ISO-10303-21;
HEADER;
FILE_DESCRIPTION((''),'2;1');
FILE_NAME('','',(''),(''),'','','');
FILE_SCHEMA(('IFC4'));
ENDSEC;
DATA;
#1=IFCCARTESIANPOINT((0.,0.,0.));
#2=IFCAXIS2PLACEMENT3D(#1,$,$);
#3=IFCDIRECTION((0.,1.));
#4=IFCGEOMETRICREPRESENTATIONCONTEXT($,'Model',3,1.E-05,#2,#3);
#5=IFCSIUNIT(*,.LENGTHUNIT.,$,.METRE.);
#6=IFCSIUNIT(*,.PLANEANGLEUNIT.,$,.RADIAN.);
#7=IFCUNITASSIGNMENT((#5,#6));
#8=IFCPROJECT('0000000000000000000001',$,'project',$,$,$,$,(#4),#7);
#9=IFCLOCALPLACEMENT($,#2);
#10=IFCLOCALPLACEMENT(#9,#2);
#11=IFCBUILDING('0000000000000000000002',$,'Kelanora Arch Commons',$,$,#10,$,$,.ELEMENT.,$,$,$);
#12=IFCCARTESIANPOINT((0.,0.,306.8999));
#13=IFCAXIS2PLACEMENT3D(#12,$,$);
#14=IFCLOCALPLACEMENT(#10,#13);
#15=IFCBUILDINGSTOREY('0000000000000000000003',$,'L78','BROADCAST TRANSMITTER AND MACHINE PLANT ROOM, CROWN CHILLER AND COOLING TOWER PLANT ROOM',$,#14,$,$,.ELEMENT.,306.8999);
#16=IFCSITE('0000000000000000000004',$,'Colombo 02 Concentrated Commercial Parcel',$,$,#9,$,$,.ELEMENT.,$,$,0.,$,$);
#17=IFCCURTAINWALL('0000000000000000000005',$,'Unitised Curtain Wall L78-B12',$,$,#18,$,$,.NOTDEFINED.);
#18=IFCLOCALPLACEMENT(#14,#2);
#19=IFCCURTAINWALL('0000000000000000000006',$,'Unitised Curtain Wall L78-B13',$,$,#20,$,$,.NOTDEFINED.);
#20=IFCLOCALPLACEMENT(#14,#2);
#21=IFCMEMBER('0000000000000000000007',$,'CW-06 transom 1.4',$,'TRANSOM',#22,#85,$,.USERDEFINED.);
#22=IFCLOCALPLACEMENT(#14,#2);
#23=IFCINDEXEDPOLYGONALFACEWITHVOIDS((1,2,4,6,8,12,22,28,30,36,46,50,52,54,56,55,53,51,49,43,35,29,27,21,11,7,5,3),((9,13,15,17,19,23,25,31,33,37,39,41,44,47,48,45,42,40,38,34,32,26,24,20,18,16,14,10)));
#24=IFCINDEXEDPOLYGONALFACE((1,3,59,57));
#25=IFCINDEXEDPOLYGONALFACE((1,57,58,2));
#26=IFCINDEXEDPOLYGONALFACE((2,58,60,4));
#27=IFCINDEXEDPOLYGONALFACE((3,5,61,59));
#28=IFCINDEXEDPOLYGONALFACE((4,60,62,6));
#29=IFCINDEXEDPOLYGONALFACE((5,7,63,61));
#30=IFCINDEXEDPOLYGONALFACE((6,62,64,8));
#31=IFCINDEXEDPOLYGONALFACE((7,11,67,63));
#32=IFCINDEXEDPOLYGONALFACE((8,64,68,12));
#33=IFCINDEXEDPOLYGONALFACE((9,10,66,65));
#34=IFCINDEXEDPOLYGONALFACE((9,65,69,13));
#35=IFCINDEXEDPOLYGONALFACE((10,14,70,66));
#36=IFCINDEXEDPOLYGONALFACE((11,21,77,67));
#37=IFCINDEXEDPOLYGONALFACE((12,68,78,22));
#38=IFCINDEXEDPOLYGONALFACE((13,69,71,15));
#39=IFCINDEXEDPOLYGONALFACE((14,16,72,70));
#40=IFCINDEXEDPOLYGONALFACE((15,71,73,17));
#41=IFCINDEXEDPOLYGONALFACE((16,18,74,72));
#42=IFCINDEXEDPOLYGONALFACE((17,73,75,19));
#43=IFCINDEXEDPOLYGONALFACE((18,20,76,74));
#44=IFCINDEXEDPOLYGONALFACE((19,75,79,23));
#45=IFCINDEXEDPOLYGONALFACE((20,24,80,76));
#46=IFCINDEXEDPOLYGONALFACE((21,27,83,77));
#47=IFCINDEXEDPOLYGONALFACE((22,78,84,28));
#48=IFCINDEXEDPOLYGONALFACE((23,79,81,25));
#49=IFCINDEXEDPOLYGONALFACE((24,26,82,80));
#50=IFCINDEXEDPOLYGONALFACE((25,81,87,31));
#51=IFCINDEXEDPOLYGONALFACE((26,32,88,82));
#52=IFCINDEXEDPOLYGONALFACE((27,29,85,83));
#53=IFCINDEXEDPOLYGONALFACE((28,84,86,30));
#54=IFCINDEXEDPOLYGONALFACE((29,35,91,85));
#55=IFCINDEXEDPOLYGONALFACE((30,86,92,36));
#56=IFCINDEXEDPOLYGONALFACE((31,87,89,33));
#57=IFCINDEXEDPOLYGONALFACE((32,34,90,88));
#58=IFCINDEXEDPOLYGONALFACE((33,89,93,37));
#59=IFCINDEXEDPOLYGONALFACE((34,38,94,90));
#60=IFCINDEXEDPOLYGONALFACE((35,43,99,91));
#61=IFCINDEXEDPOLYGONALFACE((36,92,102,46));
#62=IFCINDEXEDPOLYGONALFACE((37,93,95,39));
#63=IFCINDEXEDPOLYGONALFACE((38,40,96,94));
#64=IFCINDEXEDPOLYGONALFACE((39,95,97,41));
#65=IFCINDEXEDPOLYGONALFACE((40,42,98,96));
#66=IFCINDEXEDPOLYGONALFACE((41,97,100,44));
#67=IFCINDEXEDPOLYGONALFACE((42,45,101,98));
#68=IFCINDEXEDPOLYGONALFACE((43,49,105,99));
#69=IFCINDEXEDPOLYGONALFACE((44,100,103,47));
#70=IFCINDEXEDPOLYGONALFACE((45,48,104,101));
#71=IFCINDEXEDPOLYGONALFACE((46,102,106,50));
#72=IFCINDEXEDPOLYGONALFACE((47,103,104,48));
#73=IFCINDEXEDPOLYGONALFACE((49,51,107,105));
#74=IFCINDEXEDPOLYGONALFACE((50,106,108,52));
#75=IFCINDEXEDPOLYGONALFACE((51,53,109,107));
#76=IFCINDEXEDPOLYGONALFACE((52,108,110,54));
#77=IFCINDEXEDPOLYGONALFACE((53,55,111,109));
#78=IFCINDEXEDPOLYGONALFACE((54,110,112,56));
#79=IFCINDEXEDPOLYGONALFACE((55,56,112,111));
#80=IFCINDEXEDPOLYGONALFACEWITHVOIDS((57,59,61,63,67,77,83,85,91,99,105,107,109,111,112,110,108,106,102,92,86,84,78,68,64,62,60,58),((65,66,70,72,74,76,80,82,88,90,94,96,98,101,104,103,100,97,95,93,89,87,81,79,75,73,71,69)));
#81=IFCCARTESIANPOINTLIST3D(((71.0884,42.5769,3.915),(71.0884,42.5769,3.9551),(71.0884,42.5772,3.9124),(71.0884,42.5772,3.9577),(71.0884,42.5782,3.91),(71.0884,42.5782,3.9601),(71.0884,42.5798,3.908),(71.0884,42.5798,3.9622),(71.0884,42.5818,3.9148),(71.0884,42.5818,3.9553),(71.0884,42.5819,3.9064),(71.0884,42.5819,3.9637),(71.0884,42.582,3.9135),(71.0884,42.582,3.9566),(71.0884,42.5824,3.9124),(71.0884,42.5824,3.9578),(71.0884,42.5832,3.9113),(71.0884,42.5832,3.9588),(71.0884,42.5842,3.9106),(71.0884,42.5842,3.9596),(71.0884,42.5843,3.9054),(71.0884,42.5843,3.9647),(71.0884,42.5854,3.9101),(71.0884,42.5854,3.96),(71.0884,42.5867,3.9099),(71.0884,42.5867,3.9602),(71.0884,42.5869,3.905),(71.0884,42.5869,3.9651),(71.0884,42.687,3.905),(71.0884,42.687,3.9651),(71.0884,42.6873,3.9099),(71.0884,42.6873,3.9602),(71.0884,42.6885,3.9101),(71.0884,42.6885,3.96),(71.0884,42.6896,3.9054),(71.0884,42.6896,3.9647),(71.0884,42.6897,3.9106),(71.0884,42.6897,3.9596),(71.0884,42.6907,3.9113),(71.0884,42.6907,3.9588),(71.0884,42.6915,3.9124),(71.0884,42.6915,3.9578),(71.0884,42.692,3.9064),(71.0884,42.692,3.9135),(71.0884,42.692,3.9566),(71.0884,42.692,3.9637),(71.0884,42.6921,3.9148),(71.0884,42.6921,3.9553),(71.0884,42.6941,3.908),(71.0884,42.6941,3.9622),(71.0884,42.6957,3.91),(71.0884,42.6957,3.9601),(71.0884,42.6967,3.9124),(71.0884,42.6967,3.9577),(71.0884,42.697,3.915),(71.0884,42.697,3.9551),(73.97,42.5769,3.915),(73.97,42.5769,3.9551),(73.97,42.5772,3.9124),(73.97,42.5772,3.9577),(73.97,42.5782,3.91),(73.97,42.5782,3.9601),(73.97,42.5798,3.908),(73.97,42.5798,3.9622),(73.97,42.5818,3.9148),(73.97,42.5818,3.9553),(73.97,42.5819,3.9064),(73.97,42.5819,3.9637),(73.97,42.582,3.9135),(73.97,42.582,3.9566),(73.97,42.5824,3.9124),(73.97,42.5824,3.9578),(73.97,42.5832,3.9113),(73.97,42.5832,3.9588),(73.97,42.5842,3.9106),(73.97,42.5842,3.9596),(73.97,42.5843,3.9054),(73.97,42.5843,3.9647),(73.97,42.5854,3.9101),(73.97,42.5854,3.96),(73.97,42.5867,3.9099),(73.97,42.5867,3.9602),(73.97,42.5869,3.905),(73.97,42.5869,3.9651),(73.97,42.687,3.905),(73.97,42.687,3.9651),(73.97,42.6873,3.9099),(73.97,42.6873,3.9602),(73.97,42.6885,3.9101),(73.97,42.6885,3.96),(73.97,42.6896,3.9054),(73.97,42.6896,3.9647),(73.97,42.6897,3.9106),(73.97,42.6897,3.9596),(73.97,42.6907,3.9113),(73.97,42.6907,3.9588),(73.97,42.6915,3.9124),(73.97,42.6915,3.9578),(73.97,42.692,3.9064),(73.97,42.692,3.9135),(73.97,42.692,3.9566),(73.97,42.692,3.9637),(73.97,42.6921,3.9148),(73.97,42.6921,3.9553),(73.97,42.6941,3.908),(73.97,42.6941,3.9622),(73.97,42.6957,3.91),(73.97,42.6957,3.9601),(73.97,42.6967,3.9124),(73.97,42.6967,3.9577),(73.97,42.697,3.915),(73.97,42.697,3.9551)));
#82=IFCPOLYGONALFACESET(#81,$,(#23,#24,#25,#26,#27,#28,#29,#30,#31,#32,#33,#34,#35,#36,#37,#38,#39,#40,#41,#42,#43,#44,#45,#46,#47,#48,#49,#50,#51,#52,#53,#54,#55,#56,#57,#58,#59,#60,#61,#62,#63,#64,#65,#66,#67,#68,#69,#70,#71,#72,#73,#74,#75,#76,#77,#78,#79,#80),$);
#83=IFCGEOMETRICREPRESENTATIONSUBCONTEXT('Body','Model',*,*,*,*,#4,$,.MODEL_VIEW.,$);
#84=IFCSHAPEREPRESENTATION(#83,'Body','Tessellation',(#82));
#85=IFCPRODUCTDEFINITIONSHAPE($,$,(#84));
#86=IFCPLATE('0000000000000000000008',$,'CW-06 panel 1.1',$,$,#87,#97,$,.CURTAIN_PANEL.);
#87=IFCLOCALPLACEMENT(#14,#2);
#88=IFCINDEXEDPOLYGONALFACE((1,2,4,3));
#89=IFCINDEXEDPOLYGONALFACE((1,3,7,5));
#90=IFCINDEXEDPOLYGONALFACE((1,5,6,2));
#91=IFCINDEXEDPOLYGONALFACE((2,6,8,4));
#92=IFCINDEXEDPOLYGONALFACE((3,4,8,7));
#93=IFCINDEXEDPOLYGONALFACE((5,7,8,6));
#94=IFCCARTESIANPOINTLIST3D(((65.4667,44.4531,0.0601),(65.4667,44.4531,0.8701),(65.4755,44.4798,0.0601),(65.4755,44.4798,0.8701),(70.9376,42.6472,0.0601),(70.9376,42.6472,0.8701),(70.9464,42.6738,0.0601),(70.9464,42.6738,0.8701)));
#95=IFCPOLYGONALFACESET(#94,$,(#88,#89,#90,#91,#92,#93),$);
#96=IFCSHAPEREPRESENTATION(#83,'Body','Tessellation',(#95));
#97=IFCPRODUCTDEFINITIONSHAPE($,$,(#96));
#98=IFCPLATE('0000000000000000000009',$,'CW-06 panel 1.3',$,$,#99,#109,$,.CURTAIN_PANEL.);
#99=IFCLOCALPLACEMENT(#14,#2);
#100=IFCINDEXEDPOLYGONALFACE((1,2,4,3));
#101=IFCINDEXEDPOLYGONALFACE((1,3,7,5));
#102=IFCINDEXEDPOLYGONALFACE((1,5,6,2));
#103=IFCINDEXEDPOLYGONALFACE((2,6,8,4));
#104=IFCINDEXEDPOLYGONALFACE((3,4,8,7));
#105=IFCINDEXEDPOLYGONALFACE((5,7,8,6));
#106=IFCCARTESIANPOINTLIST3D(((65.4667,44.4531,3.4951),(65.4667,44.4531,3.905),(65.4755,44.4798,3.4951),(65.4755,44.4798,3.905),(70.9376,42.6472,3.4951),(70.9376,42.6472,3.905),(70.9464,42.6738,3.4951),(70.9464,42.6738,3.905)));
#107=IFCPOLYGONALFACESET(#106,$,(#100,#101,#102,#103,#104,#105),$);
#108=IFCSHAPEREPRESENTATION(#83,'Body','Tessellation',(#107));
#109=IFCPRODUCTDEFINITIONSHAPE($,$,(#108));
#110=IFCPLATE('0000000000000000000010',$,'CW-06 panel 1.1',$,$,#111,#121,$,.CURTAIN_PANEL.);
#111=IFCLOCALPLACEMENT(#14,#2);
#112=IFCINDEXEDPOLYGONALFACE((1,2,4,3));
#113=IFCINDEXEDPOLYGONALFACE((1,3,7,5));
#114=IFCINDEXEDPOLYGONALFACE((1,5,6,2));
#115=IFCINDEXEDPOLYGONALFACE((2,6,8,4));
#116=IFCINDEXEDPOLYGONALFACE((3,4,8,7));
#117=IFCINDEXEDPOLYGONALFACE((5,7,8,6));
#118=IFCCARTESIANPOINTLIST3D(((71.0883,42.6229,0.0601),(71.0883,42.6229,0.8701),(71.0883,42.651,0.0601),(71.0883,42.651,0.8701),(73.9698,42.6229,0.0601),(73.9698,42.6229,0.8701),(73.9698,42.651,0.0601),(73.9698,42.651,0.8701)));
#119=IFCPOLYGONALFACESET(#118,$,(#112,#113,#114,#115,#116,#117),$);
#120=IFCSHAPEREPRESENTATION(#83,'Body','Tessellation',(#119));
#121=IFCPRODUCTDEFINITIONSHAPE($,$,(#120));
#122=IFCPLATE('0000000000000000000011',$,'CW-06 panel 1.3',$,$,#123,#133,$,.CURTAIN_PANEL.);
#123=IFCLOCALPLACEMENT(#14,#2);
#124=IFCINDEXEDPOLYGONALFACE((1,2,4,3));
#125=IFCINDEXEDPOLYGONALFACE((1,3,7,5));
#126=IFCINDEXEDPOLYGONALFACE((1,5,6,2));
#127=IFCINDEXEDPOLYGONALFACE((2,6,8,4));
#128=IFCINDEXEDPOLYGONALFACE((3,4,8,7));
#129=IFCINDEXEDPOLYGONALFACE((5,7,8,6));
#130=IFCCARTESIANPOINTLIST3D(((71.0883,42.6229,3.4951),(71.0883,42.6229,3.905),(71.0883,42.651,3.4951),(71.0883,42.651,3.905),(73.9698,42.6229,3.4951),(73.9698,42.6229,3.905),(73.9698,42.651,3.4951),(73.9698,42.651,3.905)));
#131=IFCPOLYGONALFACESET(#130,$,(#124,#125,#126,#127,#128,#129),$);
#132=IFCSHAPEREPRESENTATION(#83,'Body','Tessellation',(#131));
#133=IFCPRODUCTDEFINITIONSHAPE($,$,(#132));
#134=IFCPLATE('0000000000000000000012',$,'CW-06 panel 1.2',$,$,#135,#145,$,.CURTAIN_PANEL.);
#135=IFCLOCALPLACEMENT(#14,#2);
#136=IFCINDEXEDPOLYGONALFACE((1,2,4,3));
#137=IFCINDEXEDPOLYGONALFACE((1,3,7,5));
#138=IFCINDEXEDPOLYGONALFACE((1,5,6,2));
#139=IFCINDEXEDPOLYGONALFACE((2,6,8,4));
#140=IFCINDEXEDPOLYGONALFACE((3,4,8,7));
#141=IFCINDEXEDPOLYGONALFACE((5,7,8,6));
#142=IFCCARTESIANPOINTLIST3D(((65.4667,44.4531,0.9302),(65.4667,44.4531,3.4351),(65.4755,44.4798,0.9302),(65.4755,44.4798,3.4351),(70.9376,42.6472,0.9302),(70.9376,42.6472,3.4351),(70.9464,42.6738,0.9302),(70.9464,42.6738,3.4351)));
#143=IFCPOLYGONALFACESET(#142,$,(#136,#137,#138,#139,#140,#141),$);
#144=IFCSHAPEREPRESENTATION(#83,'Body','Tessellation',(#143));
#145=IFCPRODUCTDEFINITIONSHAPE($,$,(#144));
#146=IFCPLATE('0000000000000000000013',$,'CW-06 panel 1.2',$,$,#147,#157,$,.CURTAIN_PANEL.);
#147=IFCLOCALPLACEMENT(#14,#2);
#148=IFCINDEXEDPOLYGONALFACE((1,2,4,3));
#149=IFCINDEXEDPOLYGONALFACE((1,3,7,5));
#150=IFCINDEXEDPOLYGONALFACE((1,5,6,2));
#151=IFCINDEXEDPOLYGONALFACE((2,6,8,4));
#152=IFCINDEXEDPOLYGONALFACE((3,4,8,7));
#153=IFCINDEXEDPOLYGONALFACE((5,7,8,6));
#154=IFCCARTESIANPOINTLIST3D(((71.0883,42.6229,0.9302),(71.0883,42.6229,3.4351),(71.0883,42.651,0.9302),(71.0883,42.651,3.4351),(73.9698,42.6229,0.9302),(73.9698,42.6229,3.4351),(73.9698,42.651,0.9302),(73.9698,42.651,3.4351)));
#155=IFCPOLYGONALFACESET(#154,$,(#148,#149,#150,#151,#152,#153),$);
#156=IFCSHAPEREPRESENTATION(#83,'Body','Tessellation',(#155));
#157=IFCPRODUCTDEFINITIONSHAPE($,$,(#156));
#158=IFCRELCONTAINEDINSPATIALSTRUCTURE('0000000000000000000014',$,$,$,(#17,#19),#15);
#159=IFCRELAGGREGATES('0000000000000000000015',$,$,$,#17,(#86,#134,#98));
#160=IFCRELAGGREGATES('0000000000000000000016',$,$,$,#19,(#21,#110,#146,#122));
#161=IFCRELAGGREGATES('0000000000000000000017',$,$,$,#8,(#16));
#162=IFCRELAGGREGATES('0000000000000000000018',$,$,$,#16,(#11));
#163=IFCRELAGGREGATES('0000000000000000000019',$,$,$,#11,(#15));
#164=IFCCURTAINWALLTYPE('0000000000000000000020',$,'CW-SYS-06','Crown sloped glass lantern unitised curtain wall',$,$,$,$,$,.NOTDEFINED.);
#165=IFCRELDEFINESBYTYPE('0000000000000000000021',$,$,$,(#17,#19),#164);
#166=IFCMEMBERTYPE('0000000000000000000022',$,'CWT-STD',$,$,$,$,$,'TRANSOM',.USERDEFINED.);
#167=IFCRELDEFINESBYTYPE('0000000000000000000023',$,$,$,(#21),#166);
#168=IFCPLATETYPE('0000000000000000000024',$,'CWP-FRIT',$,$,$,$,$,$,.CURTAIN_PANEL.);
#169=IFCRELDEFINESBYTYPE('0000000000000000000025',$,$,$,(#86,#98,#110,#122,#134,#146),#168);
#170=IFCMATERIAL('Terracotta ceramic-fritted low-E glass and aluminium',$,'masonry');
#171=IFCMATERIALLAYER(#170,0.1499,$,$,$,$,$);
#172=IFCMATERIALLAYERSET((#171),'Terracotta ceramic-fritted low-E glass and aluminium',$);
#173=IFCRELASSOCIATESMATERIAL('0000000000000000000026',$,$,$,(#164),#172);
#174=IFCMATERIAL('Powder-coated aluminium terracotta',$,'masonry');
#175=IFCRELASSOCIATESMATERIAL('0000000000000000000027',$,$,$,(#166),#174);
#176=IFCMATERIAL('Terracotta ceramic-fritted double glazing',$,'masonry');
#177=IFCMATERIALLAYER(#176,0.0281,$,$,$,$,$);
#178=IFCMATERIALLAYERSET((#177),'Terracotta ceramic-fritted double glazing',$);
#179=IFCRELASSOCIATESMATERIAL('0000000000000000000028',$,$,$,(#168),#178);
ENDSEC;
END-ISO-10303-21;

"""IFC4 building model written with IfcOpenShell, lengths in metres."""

from ifc_helpers import new_model, si_unit, direction, frame, origin, origin_2d, place, context, subcontext, project, spatial, rectangle, hollow_rectangle, extrude, source, transform, mapped, material, layer, layer_set, material_profile, profile_set, type_object, element, aggregate, save


model = new_model("IFC4")

# Units and contexts
model_context = context("Model", 3, precision=1e-05, world=origin(), true_north=direction((0.0, 1.0)))
body_context = subcontext(model_context, "Body", "Model", "MODEL_VIEW")
ifc_project = project(units=[si_unit("LENGTHUNIT", "METRE"), si_unit("PLANEANGLEUNIT", "RADIAN")], contexts=[model_context])

# Site, building, storey
site_placement = place(None, origin())
site = spatial("IfcSite", under=ifc_project, at=site_placement, Name="Colombo 02 Concentrated Commercial Parcel", CompositionType="ELEMENT", RefElevation=0.0)
building_placement = place(site_placement, origin())
building = spatial("IfcBuilding", under=site, at=building_placement, Name="Kelanora Arch Commons", CompositionType="ELEMENT")
storey_placement = place(building_placement, frame((0.0, 0.0, 306.8999)))
storey = spatial("IfcBuildingStorey", under=building, at=storey_placement, Name="L78", Description="BROADCAST TRANSMITTER AND MACHINE PLANT ROOM, CROWN CHILLER AND COOLING TOWER PLANT ROOM", CompositionType="ELEMENT", Elevation=306.8999)

# Curtain wall
ifc_material_1 = material(Name="Terracotta ceramic-fritted low-E glass and aluminium", Category="masonry")
ifc_layer_1 = layer(ifc_material_1, 0.1499)
ifc_layer_set_1 = layer_set([ifc_layer_1], Name="Terracotta ceramic-fritted low-E glass and aluminium")
curtain_wall_type = type_object("IfcCurtainWallType", Name="CW-SYS-06", Description="Crown sloped glass lantern unitised curtain wall", PredefinedType="NOTDEFINED", material=ifc_layer_set_1)
curtain_wall_1_placement = place(storey_placement, origin())
curtain_wall_1 = element("IfcCurtainWall", 1, at=curtain_wall_1_placement, inside=storey, type_object=curtain_wall_type, Name="Unitised Curtain Wall L78-B12", PredefinedType="NOTDEFINED")
ifc_material_2 = material(Name="Powder-coated aluminium terracotta", Category="masonry")

# Curtain wall
curtain_wall_2_placement = place(storey_placement, origin())
curtain_wall_2 = element("IfcCurtainWall", 2, at=curtain_wall_2_placement, inside=storey, type_object=curtain_wall_type, Name="Unitised Curtain Wall L78-B13", PredefinedType="NOTDEFINED")

# Member
ifc_material_profile_1 = material_profile(ifc_material_2, hollow_rectangle(XDim=0.1201, YDim=0.0601, WallThickness=0.0049, InnerFilletRadius=0.0049, OuterFilletRadius=0.01, at=origin_2d()), Name="CWT120x60")
ifc_profile_set_1 = profile_set([ifc_material_profile_1], Name="Powder-coated aluminium terracotta")
member_type_1 = type_object("IfcMemberType", Name="CWT-STD", ElementType="TRANSOM", PredefinedType="USERDEFINED", material=ifc_profile_set_1)
member_1_placement = place(storey_placement, frame((71.0884, 42.637, 3.9351), z_axis=(1.0, 0.0, 0.0), x_axis=(0.0, 1.0, 0.0)))
member_1 = element("IfcMember", 3, at=member_1_placement, type_object=member_type_1, Name="CW-06 transom 1.4", ObjectType="TRANSOM", PredefinedType="USERDEFINED", context=body_context, shape_type="SweptSolid", body=[
    extrude(hollow_rectangle(XDim=0.1201, YDim=0.0601, WallThickness=0.0049, InnerFilletRadius=0.0049, OuterFilletRadius=0.01, at=origin_2d()), origin(), (0.0, 0.0, 1.0), 2.8816),
])

# Plates
ifc_material_3 = material(Name="Terracotta ceramic-fritted double glazing", Category="masonry")
ifc_layer_2 = layer(ifc_material_3, 0.0281)
ifc_layer_set_2 = layer_set([ifc_layer_2], Name="Terracotta ceramic-fritted double glazing")
plate_type = type_object("IfcPlateType", Name="CWP-FRIT", PredefinedType="CURTAIN_PANEL", material=ifc_layer_set_2)
shared_shape_1 = source(origin(), body_context, "Body", "SweptSolid", [
    extrude(rectangle(XDim=5.7612, YDim=0.0281, at=origin_2d()), origin(), (0.0, 0.0, 1.0), 0.8101),
])
plate_1_placement = place(storey_placement, frame((68.2065, 43.5635, 0.0601), z_axis=(0.0, 0.0, 1.0), x_axis=(0.949599, -0.313467, 0.0)))
plate_1 = element("IfcPlate", 4, at=plate_1_placement, type_object=plate_type, Name="CW-06 panel 1.1", PredefinedType="CURTAIN_PANEL", context=body_context, shape_type="MappedRepresentation", body=[
    mapped(shared_shape_1, transform((0.0, 0.0, 0.0), scale=1.0)),
])
shared_shape_2 = source(origin(), body_context, "Body", "SweptSolid", [
    extrude(rectangle(XDim=5.7612, YDim=0.0281, at=origin_2d()), origin(), (0.0, 0.0, 1.0), 0.4099),
])
plate_2_placement = place(storey_placement, frame((68.2065, 43.5635, 3.4951), z_axis=(0.0, 0.0, 1.0), x_axis=(0.949599, -0.313467, 0.0)))
plate_2 = element("IfcPlate", 5, at=plate_2_placement, type_object=plate_type, Name="CW-06 panel 1.3", PredefinedType="CURTAIN_PANEL", context=body_context, shape_type="MappedRepresentation", body=[
    mapped(shared_shape_2, transform((0.0, 0.0, 0.0), scale=1.0)),
])
shared_shape_3 = source(origin(), body_context, "Body", "SweptSolid", [
    extrude(rectangle(XDim=2.8816, YDim=0.0281, at=origin_2d()), origin(), (0.0, 0.0, 1.0), 0.8101),
])
plate_3_placement = place(storey_placement, frame((72.5291, 42.637, 0.0601), z_axis=(0.0, 0.0, 1.0), x_axis=(1.0, 0.0, 0.0)))
plate_3 = element("IfcPlate", 6, at=plate_3_placement, type_object=plate_type, Name="CW-06 panel 1.1", PredefinedType="CURTAIN_PANEL", context=body_context, shape_type="MappedRepresentation", body=[
    mapped(shared_shape_3, transform((0.0, 0.0, 0.0), scale=1.0)),
])
shared_shape_4 = source(origin(), body_context, "Body", "SweptSolid", [
    extrude(rectangle(XDim=2.8816, YDim=0.0281, at=origin_2d()), origin(), (0.0, 0.0, 1.0), 0.4099),
])
plate_4_placement = place(storey_placement, frame((72.5291, 42.637, 3.4951), z_axis=(0.0, 0.0, 1.0), x_axis=(1.0, 0.0, 0.0)))
plate_4 = element("IfcPlate", 7, at=plate_4_placement, type_object=plate_type, Name="CW-06 panel 1.3", PredefinedType="CURTAIN_PANEL", context=body_context, shape_type="MappedRepresentation", body=[
    mapped(shared_shape_4, transform((0.0, 0.0, 0.0), scale=1.0)),
])
shared_shape_5 = source(origin(), body_context, "Body", "SweptSolid", [
    extrude(rectangle(XDim=5.7612, YDim=0.0281, at=origin_2d()), origin(), (0.0, 0.0, 1.0), 2.5049),
])
plate_5_placement = place(storey_placement, frame((68.2065, 43.5635, 0.9302), z_axis=(0.0, 0.0, 1.0), x_axis=(0.949599, -0.313467, 0.0)))
plate_5 = element("IfcPlate", 8, at=plate_5_placement, type_object=plate_type, Name="CW-06 panel 1.2", PredefinedType="CURTAIN_PANEL", context=body_context, shape_type="MappedRepresentation", body=[
    mapped(shared_shape_5, transform((0.0, 0.0, 0.0), scale=1.0)),
])
aggregate(curtain_wall_1, [plate_1, plate_5, plate_2])
shared_shape_6 = source(origin(), body_context, "Body", "SweptSolid", [
    extrude(rectangle(XDim=2.8816, YDim=0.0281, at=origin_2d()), origin(), (0.0, 0.0, 1.0), 2.5049),
])
plate_6_placement = place(storey_placement, frame((72.5291, 42.637, 0.9302), z_axis=(0.0, 0.0, 1.0), x_axis=(1.0, 0.0, 0.0)))
plate_6 = element("IfcPlate", 9, at=plate_6_placement, type_object=plate_type, Name="CW-06 panel 1.2", PredefinedType="CURTAIN_PANEL", context=body_context, shape_type="MappedRepresentation", body=[
    mapped(shared_shape_6, transform((0.0, 0.0, 0.0), scale=1.0)),
])
aggregate(curtain_wall_2, [member_1, plate_3, plate_6, plate_4])

save(model, "model.ifc")
